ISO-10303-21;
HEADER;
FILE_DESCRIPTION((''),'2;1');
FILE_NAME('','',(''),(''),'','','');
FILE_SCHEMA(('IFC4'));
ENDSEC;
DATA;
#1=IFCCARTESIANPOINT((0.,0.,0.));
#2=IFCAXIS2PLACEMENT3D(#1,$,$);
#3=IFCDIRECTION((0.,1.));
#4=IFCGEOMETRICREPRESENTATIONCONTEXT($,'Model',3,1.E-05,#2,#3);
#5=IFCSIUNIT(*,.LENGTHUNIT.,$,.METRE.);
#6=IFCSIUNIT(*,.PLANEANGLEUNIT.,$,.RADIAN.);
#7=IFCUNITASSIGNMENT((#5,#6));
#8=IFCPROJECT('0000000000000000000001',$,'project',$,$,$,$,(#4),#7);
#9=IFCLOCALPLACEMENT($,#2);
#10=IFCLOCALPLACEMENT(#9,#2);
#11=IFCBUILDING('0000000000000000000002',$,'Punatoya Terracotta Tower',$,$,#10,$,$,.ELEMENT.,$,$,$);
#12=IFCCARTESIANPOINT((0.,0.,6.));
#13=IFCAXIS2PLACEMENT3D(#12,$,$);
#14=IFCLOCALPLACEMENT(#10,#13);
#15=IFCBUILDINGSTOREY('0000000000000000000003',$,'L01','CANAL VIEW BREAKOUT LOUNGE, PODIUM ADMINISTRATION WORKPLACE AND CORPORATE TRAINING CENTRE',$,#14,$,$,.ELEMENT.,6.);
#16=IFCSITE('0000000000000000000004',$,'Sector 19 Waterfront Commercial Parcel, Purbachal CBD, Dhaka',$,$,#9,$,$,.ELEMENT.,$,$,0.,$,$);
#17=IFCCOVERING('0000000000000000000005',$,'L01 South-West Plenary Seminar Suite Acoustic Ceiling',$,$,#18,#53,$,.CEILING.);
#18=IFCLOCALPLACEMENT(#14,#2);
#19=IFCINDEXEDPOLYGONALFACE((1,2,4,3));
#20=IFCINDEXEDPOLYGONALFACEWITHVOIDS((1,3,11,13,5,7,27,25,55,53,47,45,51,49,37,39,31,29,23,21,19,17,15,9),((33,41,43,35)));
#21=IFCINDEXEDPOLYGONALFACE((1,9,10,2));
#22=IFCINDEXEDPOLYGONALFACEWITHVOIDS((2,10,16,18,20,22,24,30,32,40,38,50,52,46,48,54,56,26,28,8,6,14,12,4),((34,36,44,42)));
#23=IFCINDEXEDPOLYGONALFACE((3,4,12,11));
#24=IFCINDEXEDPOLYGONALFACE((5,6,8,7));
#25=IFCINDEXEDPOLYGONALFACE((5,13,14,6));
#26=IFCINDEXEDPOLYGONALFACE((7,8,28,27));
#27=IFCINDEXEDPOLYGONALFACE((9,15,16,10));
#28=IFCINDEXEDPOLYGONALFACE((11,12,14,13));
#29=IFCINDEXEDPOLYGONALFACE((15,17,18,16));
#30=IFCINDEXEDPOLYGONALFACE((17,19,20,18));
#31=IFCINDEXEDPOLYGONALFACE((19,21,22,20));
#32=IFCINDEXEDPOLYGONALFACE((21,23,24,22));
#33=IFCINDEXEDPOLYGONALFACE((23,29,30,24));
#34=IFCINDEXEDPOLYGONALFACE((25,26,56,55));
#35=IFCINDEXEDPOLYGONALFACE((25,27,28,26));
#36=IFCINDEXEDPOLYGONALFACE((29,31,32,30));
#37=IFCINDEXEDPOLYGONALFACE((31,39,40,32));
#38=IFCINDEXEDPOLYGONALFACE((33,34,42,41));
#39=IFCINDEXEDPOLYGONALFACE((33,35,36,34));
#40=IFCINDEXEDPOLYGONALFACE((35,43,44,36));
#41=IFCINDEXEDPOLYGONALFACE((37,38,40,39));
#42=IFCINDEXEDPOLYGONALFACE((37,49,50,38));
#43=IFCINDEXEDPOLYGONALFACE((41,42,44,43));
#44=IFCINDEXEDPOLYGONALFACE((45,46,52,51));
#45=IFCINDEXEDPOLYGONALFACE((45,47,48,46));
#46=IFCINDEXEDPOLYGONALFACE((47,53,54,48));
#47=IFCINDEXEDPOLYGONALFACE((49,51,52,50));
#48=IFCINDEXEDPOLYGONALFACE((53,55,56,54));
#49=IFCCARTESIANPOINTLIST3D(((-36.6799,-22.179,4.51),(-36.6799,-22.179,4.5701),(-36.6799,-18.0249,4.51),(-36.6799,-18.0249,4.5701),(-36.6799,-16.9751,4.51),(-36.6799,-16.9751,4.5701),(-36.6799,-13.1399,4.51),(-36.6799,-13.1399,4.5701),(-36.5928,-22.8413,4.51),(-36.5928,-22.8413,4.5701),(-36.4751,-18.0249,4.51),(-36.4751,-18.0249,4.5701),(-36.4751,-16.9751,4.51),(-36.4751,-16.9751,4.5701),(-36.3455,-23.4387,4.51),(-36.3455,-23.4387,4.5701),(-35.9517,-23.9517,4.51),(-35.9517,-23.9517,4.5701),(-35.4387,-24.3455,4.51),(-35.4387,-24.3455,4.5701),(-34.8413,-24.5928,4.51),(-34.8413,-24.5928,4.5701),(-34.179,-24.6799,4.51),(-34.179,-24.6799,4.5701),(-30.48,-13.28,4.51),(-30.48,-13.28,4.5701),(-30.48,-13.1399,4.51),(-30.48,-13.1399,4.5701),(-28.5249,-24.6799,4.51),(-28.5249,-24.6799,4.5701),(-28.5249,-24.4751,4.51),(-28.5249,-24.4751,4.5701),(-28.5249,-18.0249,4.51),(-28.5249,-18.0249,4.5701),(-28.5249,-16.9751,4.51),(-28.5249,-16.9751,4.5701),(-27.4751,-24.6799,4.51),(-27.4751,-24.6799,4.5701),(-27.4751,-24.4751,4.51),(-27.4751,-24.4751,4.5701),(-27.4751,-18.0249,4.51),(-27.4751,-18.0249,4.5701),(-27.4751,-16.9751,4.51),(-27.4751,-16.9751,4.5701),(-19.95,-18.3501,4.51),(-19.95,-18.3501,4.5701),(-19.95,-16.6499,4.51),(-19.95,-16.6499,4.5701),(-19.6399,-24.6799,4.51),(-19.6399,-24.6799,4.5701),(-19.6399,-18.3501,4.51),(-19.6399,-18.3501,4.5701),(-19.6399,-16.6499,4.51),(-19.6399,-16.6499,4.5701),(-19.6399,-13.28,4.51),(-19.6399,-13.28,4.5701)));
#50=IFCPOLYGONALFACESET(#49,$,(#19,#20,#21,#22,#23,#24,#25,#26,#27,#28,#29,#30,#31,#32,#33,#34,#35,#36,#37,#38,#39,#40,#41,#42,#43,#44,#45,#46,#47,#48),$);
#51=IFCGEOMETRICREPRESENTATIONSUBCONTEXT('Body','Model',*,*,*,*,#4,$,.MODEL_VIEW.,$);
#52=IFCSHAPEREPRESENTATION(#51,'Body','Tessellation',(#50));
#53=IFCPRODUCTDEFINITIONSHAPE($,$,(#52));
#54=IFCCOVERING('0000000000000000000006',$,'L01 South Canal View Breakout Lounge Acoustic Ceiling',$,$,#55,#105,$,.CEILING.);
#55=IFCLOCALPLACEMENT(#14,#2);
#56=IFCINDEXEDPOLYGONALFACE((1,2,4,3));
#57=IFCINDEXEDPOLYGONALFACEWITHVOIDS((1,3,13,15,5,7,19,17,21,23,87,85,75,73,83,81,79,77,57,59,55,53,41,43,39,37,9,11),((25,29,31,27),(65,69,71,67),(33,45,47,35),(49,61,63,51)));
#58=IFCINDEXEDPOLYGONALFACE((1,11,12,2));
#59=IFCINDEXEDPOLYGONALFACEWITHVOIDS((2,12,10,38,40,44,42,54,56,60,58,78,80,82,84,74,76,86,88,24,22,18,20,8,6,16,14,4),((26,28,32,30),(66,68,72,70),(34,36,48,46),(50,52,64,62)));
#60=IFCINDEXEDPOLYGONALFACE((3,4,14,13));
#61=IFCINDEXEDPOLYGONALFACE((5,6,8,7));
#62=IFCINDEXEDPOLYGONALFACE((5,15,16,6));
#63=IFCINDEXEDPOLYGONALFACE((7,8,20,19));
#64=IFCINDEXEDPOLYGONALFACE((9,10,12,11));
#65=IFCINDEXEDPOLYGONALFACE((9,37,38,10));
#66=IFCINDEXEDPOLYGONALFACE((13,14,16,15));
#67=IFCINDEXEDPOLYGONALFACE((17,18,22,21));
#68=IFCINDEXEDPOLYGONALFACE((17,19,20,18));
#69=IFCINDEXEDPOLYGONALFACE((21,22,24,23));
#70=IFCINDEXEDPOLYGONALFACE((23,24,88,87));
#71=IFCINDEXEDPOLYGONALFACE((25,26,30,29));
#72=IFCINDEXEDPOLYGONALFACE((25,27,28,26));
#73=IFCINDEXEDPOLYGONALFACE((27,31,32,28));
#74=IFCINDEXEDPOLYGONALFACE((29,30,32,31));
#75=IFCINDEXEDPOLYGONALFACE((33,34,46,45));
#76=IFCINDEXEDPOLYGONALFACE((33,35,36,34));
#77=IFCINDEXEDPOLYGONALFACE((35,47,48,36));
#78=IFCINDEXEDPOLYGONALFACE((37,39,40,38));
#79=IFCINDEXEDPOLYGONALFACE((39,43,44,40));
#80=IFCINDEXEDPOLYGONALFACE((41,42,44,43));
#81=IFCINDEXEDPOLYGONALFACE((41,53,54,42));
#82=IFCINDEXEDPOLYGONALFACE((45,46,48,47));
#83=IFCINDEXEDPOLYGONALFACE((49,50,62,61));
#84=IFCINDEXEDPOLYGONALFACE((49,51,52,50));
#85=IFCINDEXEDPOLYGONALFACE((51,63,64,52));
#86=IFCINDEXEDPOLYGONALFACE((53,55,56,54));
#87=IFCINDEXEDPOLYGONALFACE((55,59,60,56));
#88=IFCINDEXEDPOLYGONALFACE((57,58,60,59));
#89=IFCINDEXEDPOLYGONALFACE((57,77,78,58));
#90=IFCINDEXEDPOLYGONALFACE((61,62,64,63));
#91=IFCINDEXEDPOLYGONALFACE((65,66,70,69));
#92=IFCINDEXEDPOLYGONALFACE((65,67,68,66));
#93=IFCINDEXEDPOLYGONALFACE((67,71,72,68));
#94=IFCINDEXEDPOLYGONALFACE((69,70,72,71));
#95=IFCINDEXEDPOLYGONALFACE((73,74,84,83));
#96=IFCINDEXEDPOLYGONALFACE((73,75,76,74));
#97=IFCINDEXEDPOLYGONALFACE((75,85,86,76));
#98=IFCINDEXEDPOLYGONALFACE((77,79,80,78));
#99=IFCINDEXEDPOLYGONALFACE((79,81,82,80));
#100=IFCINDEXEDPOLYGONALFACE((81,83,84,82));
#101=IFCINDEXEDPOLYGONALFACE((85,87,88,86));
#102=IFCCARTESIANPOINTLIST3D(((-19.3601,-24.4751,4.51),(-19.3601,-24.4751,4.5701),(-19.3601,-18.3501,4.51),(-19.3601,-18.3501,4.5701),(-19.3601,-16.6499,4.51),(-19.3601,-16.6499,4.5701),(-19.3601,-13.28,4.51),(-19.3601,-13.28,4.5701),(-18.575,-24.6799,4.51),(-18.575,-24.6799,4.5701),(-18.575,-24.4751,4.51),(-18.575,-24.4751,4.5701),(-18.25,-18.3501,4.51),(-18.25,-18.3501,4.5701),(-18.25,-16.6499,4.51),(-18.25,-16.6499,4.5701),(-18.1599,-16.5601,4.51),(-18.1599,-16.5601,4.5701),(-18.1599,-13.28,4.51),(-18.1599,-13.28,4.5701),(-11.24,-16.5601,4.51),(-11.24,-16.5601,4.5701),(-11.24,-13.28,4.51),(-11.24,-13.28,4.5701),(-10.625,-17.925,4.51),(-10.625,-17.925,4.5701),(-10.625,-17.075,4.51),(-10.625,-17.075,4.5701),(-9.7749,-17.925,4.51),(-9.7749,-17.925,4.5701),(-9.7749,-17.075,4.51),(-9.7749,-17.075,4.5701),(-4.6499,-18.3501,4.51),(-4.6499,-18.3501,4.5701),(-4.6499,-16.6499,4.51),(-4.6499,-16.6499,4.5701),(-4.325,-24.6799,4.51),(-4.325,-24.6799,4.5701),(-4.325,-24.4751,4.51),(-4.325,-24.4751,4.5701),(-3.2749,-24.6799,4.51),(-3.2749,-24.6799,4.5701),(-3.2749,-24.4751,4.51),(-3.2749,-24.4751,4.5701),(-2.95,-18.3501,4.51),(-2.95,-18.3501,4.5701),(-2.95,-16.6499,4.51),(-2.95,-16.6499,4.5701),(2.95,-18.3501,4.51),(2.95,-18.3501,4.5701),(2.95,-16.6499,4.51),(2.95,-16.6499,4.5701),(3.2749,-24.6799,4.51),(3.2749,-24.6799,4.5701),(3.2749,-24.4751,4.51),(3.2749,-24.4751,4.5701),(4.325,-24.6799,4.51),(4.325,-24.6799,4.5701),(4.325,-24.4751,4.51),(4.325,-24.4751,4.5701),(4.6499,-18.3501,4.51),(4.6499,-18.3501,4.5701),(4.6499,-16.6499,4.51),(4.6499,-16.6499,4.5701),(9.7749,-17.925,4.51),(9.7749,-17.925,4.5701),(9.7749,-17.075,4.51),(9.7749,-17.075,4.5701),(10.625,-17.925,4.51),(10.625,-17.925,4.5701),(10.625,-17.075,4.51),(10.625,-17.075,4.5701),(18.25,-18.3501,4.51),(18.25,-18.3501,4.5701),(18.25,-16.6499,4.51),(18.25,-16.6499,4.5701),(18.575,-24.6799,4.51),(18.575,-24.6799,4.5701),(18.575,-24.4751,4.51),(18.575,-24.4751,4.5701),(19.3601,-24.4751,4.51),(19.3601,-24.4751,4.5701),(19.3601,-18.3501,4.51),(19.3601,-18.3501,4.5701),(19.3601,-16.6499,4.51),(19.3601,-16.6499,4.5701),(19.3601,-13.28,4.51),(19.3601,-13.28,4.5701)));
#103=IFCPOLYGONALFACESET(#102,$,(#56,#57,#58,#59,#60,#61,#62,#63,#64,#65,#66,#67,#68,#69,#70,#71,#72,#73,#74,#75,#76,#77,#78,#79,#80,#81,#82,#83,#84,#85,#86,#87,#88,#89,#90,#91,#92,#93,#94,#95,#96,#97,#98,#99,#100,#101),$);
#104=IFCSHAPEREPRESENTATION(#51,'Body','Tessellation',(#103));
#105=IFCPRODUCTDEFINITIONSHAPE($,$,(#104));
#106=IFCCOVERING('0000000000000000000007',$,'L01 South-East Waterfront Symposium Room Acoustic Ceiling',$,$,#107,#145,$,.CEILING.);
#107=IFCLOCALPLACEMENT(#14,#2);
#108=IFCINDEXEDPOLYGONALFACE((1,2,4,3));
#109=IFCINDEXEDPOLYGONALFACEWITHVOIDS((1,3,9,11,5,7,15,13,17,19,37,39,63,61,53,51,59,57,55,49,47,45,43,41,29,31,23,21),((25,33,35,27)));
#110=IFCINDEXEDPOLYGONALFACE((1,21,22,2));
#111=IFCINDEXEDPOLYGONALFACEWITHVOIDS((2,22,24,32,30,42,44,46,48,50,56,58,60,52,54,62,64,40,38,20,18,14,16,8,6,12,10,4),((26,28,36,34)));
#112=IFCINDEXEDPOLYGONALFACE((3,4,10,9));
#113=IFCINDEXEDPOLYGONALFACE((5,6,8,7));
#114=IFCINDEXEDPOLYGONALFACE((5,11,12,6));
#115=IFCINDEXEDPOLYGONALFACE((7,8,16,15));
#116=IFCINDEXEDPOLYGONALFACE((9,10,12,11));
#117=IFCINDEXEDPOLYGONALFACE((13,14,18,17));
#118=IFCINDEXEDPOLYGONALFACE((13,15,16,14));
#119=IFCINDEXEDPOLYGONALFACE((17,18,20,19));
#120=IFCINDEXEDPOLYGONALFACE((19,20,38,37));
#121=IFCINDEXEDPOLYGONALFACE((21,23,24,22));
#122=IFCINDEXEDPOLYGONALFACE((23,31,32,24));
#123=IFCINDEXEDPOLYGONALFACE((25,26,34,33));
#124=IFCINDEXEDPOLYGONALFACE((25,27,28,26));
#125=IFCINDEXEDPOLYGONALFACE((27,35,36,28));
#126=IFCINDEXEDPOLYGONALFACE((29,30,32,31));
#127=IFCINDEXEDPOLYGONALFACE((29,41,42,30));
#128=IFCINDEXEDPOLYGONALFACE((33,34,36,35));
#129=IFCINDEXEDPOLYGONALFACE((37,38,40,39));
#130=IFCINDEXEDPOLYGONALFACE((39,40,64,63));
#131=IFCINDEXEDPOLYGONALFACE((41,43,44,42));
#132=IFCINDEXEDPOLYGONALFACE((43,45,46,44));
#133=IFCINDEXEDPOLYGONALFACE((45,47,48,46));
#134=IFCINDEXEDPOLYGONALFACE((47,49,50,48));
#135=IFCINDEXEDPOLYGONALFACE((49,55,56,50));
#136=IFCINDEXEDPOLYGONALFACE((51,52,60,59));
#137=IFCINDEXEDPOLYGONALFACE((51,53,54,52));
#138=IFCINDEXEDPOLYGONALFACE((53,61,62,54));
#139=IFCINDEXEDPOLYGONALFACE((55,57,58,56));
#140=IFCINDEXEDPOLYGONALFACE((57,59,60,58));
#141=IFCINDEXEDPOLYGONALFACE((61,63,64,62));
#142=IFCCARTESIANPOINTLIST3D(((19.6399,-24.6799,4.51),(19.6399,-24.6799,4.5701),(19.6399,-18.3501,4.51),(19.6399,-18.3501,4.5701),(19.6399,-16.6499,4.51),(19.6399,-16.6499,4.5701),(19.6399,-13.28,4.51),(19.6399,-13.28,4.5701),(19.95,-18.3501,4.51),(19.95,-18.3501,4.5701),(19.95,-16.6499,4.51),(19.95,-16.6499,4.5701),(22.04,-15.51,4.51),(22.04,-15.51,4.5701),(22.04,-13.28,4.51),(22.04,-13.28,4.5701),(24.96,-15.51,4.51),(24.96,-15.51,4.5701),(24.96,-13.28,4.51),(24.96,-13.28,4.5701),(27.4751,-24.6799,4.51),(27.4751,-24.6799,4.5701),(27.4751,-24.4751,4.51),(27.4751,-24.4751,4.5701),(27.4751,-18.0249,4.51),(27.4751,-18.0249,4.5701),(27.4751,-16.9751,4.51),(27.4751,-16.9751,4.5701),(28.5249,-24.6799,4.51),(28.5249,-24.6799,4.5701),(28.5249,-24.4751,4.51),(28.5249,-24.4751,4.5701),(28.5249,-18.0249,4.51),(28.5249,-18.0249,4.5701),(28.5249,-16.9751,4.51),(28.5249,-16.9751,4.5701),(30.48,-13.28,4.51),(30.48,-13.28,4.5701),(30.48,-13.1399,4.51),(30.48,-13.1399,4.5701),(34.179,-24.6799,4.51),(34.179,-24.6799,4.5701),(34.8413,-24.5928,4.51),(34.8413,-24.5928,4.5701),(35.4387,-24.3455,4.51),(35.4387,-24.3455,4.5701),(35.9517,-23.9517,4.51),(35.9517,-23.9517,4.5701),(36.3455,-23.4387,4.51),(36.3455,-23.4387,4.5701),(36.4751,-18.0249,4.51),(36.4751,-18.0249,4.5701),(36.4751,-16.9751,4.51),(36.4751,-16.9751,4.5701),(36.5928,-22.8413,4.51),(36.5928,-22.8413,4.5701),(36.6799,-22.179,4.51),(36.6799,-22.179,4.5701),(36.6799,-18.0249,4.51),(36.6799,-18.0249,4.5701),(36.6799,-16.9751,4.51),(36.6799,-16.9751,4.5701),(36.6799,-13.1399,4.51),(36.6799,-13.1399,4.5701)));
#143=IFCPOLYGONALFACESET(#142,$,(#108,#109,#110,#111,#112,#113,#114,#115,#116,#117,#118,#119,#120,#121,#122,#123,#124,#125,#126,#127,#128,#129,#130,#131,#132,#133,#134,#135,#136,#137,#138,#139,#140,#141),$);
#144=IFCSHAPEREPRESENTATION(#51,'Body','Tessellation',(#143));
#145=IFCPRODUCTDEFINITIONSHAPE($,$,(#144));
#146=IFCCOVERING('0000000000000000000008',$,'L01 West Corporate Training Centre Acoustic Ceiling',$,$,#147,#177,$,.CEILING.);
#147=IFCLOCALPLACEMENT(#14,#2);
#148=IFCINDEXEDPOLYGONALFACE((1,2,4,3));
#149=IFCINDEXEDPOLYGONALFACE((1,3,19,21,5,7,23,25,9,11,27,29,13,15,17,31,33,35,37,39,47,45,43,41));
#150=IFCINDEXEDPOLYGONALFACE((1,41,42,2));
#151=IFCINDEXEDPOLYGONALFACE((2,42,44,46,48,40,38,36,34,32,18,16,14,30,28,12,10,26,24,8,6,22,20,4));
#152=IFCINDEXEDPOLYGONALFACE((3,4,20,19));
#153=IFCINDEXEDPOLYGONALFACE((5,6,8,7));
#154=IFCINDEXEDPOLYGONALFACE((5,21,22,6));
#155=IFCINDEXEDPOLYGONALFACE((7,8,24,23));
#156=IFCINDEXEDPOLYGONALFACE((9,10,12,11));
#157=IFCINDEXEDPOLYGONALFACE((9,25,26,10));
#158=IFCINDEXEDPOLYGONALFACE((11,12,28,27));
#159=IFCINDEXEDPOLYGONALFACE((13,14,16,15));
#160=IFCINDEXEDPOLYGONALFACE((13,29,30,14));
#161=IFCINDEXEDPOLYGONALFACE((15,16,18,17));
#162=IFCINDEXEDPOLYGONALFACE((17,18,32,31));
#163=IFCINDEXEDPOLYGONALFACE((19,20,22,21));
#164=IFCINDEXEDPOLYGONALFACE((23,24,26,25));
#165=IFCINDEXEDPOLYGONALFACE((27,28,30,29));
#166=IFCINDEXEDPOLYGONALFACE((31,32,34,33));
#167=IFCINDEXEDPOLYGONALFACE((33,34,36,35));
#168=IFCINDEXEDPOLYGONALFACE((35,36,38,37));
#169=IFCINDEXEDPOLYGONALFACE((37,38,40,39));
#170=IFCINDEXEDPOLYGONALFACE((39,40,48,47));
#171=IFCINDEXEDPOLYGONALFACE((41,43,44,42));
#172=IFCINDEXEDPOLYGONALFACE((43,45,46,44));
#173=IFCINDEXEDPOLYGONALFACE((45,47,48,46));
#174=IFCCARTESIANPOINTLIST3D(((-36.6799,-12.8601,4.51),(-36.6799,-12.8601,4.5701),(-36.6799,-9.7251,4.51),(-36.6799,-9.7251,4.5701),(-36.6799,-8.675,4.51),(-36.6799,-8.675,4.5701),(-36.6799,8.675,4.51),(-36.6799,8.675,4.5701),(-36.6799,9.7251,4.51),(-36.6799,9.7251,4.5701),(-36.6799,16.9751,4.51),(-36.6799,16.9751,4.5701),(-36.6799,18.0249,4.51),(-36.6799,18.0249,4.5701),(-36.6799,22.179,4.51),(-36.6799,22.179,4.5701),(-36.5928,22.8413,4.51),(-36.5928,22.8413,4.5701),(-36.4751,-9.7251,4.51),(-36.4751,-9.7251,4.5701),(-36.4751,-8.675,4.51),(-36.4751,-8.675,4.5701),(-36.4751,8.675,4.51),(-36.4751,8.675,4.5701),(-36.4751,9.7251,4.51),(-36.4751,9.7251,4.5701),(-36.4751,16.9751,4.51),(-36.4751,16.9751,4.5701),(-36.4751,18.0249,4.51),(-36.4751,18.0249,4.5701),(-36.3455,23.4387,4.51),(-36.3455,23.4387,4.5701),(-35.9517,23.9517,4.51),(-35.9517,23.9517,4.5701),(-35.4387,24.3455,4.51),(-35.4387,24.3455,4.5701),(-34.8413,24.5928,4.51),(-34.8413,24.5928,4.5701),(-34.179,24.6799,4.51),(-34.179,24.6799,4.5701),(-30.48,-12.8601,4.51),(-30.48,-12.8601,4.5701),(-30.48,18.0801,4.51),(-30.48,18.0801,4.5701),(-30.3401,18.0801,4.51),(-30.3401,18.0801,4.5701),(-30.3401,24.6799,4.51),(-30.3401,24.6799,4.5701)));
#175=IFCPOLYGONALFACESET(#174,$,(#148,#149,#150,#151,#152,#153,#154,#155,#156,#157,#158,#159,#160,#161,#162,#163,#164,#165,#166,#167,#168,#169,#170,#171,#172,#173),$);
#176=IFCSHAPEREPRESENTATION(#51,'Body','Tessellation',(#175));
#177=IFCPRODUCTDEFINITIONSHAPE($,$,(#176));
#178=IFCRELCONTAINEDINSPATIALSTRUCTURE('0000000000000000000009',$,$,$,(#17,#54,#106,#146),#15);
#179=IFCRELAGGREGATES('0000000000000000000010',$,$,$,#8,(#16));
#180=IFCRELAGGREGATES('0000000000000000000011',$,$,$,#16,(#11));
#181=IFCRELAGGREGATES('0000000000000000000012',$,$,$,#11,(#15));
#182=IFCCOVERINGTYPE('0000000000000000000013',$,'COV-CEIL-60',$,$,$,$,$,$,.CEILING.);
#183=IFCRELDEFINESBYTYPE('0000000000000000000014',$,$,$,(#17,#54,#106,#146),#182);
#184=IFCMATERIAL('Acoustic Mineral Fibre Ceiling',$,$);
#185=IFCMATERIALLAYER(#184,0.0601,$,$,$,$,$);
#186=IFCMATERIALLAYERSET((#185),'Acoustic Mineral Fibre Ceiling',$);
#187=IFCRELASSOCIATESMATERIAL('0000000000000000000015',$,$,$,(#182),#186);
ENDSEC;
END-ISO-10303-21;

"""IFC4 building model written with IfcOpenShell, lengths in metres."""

from ifc_helpers import new_model, si_unit, direction, frame, origin, place, context, subcontext, project, spatial, polyline, outline, extrude, material, layer, layer_set, type_object, element, save


model = new_model("IFC4")

# Units and contexts
model_context = context("Model", 3, precision=1e-05, world=origin(), true_north=direction((0.0, 1.0)))
body_context = subcontext(model_context, "Body", "Model", "MODEL_VIEW")
ifc_project = project(units=[si_unit("LENGTHUNIT", "METRE"), si_unit("PLANEANGLEUNIT", "RADIAN")], contexts=[model_context])

# Site, building, storey
site_placement = place(None, origin())
site = spatial("IfcSite", under=ifc_project, at=site_placement, Name="Sector 19 Waterfront Commercial Parcel, Purbachal CBD, Dhaka", CompositionType="ELEMENT", RefElevation=0.0)
building_placement = place(site_placement, origin())
building = spatial("IfcBuilding", under=site, at=building_placement, Name="Punatoya Terracotta Tower", CompositionType="ELEMENT")
storey_placement = place(building_placement, frame((0.0, 0.0, 6.0)))
storey = spatial("IfcBuildingStorey", under=building, at=storey_placement, Name="L01", Description="CANAL VIEW BREAKOUT LOUNGE, PODIUM ADMINISTRATION WORKPLACE AND CORPORATE TRAINING CENTRE", CompositionType="ELEMENT", Elevation=6.0)

# Coverings
ifc_material_1 = material(Name="Acoustic Mineral Fibre Ceiling")
ifc_layer_1 = layer(ifc_material_1, 0.0601)
ifc_layer_set_1 = layer_set([ifc_layer_1], Name="Acoustic Mineral Fibre Ceiling")
covering_type = type_object("IfcCoveringType", Name="COV-CEIL-60", PredefinedType="CEILING", material=ifc_layer_set_1)
covering_1_placement = place(storey_placement, frame((0.0, 0.0, 4.51)))
element("IfcCovering", 1, at=covering_1_placement, inside=storey, type_object=covering_type, Name="L01 South-West Plenary Seminar Suite Acoustic Ceiling", PredefinedType="CEILING", context=body_context, shape_type="SweptSolid", body=[
    extrude(outline(polyline([(-27.4751, -24.4751), (-27.4751, -24.6799), (-19.6399, -24.6799), (-19.6399, -18.3501), (-19.95, -18.3501), (-19.95, -16.6499), (-19.6399, -16.6499), (-19.6399, -13.28), (-30.48, -13.28), (-30.48, -13.1399), (-36.6799, -13.1399), (-36.6799, -16.9751), (-36.4751, -16.9751), (-36.4751, -18.0249), (-36.6799, -18.0249), (-36.6799, -22.179), (-36.5928, -22.8413), (-36.3455, -23.4387), (-35.9517, -23.9517), (-35.4387, -24.3455), (-34.8413, -24.5928), (-34.179, -24.6799), (-28.5249, -24.6799), (-28.5249, -24.4751), (-27.4751, -24.4751)]), holes=[polyline([(-28.5249, -16.9751), (-27.4751, -16.9751), (-27.4751, -18.0249), (-28.5249, -18.0249), (-28.5249, -16.9751)])]), origin(), (0.0, 0.0, 1.0), 0.0601),
])
covering_2_placement = place(storey_placement, frame((0.0, 0.0, 4.51)))
element("IfcCovering", 2, at=covering_2_placement, inside=storey, type_object=covering_type, Name="L01 South Canal View Breakout Lounge Acoustic Ceiling", PredefinedType="CEILING", context=body_context, shape_type="SweptSolid", body=[
    extrude(outline(polyline([(-18.25, -16.6499), (-18.25, -18.3501), (-19.3601, -18.3501), (-19.3601, -24.4751), (-18.575, -24.4751), (-18.575, -24.6799), (-4.325, -24.6799), (-4.325, -24.4751), (-3.2749, -24.4751), (-3.2749, -24.6799), (3.2749, -24.6799), (3.2749, -24.4751), (4.325, -24.4751), (4.325, -24.6799), (18.575, -24.6799), (18.575, -24.4751), (19.3601, -24.4751), (19.3601, -18.3501), (18.25, -18.3501), (18.25, -16.6499), (19.3601, -16.6499), (19.3601, -13.28), (-11.24, -13.28), (-11.24, -16.5601), (-18.1599, -16.5601), (-18.1599, -13.28), (-19.3601, -13.28), (-19.3601, -16.6499), (-18.25, -16.6499)]), holes=[polyline([(9.7749, -17.075), (10.625, -17.075), (10.625, -17.925), (9.7749, -17.925), (9.7749, -17.075)]), polyline([(4.6499, -16.6499), (4.6499, -18.3501), (2.95, -18.3501), (2.95, -16.6499), (4.6499, -16.6499)]), polyline([(-4.6499, -16.6499), (-2.95, -16.6499), (-2.95, -18.3501), (-4.6499, -18.3501), (-4.6499, -16.6499)]), polyline([(-10.625, -17.925), (-10.625, -17.075), (-9.7749, -17.075), (-9.7749, -17.925), (-10.625, -17.925)])]), origin(), (0.0, 0.0, 1.0), 0.0601),
])
covering_3_placement = place(storey_placement, frame((0.0, 0.0, 4.51)))
element("IfcCovering", 3, at=covering_3_placement, inside=storey, type_object=covering_type, Name="L01 South-East Waterfront Symposium Room Acoustic Ceiling", PredefinedType="CEILING", context=body_context, shape_type="SweptSolid", body=[
    extrude(outline(polyline([(35.4387, -24.3455), (35.9517, -23.9517), (36.3455, -23.4387), (36.5928, -22.8413), (36.6799, -22.179), (36.6799, -18.0249), (36.4751, -18.0249), (36.4751, -16.9751), (36.6799, -16.9751), (36.6799, -13.1399), (30.48, -13.1399), (30.48, -13.28), (24.96, -13.28), (24.96, -15.51), (22.04, -15.51), (22.04, -13.28), (19.6399, -13.28), (19.6399, -16.6499), (19.95, -16.6499), (19.95, -18.3501), (19.6399, -18.3501), (19.6399, -24.6799), (27.4751, -24.6799), (27.4751, -24.4751), (28.5249, -24.4751), (28.5249, -24.6799), (34.179, -24.6799), (34.8413, -24.5928), (35.4387, -24.3455)]), holes=[polyline([(28.5249, -16.9751), (28.5249, -18.0249), (27.4751, -18.0249), (27.4751, -16.9751), (28.5249, -16.9751)])]), origin(), (0.0, 0.0, 1.0), 0.0601),
])
covering_4_placement = place(storey_placement, frame((0.0, 0.0, 4.51)))
element("IfcCovering", 4, at=covering_4_placement, inside=storey, type_object=covering_type, Name="L01 West Corporate Training Centre Acoustic Ceiling", PredefinedType="CEILING", context=body_context, shape_type="SweptSolid", body=[
    extrude(outline(polyline([(-35.4387, 24.3455), (-35.9517, 23.9517), (-36.3455, 23.4387), (-36.5928, 22.8413), (-36.6799, 22.179), (-36.6799, 18.0249), (-36.4751, 18.0249), (-36.4751, 16.9751), (-36.6799, 16.9751), (-36.6799, 9.7251), (-36.4751, 9.7251), (-36.4751, 8.675), (-36.6799, 8.675), (-36.6799, -8.675), (-36.4751, -8.675), (-36.4751, -9.7251), (-36.6799, -9.7251), (-36.6799, -12.8601), (-30.48, -12.8601), (-30.48, 18.0801), (-30.3401, 18.0801), (-30.3401, 24.6799), (-34.179, 24.6799), (-34.8413, 24.5928), (-35.4387, 24.3455)])), origin(), (0.0, 0.0, 1.0), 0.0601),
])

save(model, "model.ifc")
